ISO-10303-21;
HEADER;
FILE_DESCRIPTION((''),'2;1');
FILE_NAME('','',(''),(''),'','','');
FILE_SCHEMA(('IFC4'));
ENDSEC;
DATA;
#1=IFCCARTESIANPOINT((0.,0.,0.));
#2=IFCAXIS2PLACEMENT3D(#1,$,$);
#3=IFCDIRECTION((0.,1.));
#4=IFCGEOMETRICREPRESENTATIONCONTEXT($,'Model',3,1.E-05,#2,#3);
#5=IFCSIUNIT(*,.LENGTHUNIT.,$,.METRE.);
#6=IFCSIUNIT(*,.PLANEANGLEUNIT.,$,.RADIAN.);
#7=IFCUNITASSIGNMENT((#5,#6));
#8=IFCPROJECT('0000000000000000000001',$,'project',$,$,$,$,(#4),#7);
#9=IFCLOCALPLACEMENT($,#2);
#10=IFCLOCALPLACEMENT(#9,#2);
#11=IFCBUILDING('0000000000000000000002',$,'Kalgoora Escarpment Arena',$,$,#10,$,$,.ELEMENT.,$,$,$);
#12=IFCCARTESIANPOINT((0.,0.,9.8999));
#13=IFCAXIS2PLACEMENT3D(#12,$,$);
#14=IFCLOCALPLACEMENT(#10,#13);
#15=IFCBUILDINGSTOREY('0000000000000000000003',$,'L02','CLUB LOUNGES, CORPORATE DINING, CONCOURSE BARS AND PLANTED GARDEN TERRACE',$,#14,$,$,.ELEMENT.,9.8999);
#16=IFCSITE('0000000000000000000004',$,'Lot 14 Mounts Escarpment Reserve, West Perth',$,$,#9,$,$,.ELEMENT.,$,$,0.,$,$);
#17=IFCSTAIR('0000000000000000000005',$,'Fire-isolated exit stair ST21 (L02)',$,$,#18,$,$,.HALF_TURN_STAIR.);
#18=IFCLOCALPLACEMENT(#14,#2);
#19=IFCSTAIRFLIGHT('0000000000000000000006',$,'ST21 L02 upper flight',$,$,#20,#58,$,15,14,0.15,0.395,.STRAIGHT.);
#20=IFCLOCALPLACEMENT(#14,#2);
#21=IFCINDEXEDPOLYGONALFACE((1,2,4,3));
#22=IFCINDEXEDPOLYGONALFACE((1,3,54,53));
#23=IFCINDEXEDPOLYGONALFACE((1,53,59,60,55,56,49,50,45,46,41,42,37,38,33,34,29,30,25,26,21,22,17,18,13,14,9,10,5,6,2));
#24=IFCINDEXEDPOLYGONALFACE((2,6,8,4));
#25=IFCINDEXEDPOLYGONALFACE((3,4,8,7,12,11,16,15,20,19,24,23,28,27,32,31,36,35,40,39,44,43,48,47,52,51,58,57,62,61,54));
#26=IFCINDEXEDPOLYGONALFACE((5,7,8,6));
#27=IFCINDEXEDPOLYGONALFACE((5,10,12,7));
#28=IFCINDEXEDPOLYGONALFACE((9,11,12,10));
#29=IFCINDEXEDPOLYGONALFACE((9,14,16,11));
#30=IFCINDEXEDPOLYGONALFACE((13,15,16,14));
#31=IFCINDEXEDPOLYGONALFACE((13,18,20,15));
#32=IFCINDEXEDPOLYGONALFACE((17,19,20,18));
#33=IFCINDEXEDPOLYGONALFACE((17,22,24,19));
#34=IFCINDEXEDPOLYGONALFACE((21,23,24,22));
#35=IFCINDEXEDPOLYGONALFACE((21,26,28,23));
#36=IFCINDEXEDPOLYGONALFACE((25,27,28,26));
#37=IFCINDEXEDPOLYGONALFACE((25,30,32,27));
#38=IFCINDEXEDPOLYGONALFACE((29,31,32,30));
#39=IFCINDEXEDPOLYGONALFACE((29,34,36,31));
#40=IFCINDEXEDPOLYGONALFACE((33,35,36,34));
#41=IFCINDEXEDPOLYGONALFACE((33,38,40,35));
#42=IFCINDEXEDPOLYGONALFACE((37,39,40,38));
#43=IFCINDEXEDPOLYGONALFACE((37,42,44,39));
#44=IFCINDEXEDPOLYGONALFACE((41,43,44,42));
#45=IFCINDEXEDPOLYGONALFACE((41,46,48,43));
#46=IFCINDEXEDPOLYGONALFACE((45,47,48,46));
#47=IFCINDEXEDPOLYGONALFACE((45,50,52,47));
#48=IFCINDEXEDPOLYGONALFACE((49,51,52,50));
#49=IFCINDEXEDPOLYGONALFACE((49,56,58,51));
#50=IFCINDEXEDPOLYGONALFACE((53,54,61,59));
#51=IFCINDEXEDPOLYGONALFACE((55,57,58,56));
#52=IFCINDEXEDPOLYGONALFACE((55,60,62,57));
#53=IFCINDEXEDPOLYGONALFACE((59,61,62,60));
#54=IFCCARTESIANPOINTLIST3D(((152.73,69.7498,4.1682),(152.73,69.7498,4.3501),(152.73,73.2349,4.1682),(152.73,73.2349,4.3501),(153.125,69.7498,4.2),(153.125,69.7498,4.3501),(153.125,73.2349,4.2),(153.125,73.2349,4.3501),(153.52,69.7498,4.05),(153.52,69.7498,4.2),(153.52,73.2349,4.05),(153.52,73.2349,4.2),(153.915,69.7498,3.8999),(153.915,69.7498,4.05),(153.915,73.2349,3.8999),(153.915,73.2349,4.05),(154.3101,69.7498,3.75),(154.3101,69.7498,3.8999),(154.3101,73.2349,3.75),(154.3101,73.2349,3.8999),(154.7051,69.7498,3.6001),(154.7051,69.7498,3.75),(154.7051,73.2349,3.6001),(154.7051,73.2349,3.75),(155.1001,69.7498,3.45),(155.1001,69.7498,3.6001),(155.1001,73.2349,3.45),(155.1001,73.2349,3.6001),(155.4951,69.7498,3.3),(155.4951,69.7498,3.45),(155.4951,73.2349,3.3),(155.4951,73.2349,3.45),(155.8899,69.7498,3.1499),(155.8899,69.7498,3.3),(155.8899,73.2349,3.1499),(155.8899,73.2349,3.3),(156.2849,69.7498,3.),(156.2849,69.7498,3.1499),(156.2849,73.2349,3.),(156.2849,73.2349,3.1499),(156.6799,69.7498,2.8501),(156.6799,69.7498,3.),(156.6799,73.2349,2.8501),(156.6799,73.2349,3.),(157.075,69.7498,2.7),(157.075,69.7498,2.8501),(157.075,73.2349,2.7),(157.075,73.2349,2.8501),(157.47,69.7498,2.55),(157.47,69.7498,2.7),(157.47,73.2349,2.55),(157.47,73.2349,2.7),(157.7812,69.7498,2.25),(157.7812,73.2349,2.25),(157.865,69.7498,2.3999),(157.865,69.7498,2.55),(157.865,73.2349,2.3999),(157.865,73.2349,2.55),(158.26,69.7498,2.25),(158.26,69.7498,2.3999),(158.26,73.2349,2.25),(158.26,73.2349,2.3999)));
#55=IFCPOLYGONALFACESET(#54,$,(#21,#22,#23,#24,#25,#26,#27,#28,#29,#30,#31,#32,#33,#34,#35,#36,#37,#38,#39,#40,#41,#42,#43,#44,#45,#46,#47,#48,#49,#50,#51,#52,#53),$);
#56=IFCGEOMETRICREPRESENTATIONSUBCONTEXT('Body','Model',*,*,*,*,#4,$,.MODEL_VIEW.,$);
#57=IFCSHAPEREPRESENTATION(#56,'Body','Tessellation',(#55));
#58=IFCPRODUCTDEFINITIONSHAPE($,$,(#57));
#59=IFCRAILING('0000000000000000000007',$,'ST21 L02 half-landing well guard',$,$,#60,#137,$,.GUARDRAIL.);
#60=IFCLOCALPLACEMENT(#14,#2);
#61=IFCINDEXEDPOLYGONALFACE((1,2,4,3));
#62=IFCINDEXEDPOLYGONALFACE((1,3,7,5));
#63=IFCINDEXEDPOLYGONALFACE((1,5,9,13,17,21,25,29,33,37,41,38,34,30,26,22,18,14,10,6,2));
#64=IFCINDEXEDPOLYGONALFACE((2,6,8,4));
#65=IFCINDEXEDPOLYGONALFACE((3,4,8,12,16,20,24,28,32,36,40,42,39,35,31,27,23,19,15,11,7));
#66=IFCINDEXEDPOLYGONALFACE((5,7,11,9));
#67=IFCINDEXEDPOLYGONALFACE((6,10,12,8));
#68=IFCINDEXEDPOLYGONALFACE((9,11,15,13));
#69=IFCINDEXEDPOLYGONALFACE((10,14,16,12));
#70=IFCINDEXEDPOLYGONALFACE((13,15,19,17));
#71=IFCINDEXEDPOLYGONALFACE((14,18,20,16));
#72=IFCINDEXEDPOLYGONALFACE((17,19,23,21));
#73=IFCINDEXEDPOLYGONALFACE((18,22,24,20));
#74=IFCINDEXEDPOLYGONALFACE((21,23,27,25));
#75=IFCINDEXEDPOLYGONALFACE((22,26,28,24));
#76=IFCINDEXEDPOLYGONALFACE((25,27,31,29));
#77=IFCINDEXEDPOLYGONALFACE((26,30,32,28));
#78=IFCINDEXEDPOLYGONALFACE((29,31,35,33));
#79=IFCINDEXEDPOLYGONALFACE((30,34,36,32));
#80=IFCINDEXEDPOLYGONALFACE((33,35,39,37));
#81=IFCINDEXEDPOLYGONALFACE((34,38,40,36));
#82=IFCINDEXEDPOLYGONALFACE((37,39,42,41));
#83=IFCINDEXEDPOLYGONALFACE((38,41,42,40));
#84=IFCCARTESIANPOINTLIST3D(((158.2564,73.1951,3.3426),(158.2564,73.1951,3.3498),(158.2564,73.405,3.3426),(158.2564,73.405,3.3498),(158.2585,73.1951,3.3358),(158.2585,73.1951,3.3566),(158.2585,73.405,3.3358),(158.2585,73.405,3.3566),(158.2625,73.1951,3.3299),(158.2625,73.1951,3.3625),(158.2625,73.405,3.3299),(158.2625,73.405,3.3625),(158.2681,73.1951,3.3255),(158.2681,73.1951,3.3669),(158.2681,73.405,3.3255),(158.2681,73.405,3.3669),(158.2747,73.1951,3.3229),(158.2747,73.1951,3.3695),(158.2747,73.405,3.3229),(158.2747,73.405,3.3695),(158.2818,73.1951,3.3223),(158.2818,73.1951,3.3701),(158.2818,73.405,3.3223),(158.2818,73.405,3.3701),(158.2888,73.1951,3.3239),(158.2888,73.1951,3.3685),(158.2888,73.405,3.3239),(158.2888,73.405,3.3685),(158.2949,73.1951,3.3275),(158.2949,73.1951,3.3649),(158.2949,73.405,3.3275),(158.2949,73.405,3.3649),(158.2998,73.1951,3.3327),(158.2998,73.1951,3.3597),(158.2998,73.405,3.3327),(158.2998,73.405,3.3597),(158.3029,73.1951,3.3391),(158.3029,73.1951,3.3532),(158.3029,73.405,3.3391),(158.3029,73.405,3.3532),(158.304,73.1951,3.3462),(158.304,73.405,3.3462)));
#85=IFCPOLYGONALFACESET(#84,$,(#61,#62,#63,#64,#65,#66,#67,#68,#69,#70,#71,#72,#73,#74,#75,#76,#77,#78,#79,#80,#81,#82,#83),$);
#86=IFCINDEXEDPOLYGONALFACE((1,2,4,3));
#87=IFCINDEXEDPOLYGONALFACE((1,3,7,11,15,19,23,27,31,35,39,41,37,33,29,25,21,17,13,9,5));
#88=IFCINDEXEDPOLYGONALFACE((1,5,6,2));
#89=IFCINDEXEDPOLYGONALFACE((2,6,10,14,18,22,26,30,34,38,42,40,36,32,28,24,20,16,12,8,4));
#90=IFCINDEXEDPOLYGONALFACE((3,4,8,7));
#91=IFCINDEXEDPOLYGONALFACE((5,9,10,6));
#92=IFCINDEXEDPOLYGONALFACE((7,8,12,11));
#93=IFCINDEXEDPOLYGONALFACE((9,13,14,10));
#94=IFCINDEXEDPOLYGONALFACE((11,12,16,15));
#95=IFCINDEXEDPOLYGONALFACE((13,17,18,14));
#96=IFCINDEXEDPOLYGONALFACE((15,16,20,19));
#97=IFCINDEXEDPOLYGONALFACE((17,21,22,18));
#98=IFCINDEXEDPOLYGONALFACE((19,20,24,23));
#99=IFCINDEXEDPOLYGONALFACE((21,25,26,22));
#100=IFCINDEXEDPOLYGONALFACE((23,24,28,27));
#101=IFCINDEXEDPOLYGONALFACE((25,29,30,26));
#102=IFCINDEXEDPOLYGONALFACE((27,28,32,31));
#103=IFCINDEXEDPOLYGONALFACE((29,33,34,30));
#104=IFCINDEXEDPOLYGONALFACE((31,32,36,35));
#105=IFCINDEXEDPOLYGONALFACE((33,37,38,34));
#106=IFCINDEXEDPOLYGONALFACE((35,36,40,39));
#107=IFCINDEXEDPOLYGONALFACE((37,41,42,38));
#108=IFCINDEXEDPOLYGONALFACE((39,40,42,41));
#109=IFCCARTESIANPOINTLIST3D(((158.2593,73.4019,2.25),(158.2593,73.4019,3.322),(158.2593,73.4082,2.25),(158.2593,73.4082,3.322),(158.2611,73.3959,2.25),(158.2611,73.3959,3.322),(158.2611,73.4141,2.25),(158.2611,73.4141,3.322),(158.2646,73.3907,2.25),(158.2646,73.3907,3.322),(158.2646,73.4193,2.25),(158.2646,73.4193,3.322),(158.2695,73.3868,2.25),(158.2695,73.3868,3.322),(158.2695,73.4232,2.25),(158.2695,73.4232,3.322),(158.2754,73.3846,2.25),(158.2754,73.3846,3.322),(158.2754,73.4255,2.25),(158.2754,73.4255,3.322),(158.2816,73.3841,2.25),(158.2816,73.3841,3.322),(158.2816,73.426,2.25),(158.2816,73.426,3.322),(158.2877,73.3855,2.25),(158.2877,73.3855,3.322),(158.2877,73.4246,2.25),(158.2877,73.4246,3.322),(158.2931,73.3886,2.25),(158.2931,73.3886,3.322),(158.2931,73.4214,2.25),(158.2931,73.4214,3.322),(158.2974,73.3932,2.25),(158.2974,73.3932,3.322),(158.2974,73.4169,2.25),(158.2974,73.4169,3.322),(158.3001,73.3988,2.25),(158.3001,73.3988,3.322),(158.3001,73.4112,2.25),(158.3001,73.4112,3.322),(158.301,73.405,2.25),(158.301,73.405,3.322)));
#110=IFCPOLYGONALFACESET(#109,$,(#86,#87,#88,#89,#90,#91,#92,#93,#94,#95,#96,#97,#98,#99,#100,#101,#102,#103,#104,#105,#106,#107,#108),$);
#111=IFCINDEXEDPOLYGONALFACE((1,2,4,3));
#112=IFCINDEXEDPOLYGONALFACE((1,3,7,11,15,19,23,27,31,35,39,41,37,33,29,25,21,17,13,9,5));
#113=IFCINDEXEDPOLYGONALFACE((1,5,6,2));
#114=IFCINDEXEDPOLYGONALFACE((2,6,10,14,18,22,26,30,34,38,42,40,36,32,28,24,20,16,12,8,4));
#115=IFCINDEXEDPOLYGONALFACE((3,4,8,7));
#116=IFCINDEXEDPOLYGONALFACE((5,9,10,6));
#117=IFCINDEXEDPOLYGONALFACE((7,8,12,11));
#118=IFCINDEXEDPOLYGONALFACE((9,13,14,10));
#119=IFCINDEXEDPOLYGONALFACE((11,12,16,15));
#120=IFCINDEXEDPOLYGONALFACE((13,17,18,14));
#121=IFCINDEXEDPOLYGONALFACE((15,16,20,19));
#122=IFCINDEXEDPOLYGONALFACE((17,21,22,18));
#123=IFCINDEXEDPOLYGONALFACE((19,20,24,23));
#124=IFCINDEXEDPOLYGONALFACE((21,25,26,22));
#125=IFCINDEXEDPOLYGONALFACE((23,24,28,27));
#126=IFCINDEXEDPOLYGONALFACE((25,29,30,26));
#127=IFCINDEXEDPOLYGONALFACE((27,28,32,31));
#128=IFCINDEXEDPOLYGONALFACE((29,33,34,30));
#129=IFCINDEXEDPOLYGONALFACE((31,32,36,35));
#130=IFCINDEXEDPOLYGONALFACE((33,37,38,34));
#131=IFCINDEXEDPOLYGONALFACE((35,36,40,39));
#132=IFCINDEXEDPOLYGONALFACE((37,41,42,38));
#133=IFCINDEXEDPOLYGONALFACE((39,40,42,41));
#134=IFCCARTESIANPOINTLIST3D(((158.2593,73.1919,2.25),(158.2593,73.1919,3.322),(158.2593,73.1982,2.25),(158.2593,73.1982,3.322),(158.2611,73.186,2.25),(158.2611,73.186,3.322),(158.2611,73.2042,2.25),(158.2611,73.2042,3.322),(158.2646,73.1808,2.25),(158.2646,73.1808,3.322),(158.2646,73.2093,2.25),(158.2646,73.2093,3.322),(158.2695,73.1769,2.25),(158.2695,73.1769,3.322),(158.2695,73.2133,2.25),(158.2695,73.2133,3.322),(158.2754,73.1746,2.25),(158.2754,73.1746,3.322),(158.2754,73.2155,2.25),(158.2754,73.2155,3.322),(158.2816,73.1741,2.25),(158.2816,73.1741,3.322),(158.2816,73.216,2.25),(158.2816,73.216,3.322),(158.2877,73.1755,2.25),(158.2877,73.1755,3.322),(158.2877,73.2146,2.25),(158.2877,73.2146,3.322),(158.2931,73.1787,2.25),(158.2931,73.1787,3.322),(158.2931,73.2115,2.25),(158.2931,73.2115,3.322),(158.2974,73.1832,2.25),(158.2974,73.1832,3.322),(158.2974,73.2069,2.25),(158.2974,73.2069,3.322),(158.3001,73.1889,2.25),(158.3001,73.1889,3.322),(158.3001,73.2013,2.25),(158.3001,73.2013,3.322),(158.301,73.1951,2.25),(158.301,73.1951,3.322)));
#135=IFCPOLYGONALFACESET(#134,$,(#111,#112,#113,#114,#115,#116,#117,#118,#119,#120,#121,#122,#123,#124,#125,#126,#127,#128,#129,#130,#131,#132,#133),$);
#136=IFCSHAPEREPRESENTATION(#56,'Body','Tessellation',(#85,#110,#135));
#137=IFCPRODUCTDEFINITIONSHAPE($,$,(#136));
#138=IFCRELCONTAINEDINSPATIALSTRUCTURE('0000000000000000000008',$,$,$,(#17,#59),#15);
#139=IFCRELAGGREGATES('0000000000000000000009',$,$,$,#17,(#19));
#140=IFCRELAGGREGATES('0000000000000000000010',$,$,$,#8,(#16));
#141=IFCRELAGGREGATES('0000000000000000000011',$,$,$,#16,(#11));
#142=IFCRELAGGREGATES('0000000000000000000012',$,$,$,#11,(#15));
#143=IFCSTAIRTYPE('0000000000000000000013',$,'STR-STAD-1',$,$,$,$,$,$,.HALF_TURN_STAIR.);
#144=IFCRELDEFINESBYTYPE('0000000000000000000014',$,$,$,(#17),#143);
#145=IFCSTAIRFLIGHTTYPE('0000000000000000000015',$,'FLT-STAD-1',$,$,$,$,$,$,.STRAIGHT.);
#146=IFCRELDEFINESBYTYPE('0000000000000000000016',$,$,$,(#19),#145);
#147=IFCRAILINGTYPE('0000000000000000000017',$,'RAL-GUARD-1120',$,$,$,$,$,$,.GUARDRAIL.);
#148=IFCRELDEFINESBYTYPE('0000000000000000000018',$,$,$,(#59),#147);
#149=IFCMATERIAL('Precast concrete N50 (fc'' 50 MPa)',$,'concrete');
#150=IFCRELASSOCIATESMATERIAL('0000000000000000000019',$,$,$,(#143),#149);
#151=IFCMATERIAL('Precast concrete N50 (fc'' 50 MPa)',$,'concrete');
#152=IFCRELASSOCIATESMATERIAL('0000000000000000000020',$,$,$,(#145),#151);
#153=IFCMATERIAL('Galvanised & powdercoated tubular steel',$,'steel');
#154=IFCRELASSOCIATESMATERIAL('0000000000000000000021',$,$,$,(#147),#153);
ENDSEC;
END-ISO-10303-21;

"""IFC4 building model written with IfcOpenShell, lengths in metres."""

from ifc_helpers import new_model, si_unit, direction, frame, origin, origin_2d, place, context, subcontext, project, spatial, polyline, circle, outline, extrude, material, type_object, element, aggregate, save


model = new_model("IFC4")

# Units and contexts
model_context = context("Model", 3, precision=1e-05, world=origin(), true_north=direction((0.0, 1.0)))
body_context = subcontext(model_context, "Body", "Model", "MODEL_VIEW")
ifc_project = project(units=[si_unit("LENGTHUNIT", "METRE"), si_unit("PLANEANGLEUNIT", "RADIAN")], contexts=[model_context])

# Site, building, storey
site_placement = place(None, origin())
site = spatial("IfcSite", under=ifc_project, at=site_placement, Name="Lot 14 Mounts Escarpment Reserve, West Perth", CompositionType="ELEMENT", RefElevation=0.0)
building_placement = place(site_placement, origin())
building = spatial("IfcBuilding", under=site, at=building_placement, Name="Kalgoora Escarpment Arena", CompositionType="ELEMENT")
storey_placement = place(building_placement, frame((0.0, 0.0, 9.8999)))
storey = spatial("IfcBuildingStorey", under=building, at=storey_placement, Name="L02", Description="CLUB LOUNGES, CORPORATE DINING, CONCOURSE BARS AND PLANTED GARDEN TERRACE", CompositionType="ELEMENT", Elevation=9.8999)

# Stair, stair flight
ifc_material_1 = material(Name="Precast concrete N50 (fc' 50 MPa)", Category="concrete")
stair_type = type_object("IfcStairType", Name="STR-STAD-1", PredefinedType="HALF_TURN_STAIR", material=ifc_material_1)
stair_placement = place(storey_placement, origin())
stair = element("IfcStair", 1, at=stair_placement, inside=storey, type_object=stair_type, Name="Fire-isolated exit stair ST21 (L02)", PredefinedType="HALF_TURN_STAIR")
ifc_material_2 = material(Name="Precast concrete N50 (fc' 50 MPa)", Category="concrete")
stair_flight_type = type_object("IfcStairFlightType", Name="FLT-STAD-1", PredefinedType="STRAIGHT", material=ifc_material_2)
stair_flight_placement = place(storey_placement, frame((158.26, 71.4924, 2.25), z_axis=(0.0, 0.0, 1.0), x_axis=(-1.0, 0.0, 0.0)))
stair_flight = element("IfcStairFlight", 2, at=stair_flight_placement, type_object=stair_flight_type, Name="ST21 L02 upper flight", NumberOfRisers=15, NumberOfTreads=14, PredefinedType="STRAIGHT", RiserHeight=0.15, TreadLength=0.395, context=body_context, shape_type="SweptSolid", body=[
    extrude(outline(polyline([(0.0, 0.0), (0.0, 0.1499), (0.395, 0.1499), (0.395, 0.3), (0.79, 0.3), (0.79, 0.45), (1.1851, 0.45), (1.1851, 0.6001), (1.5801, 0.6001), (1.5801, 0.75), (1.9751, 0.75), (1.9751, 0.8999), (2.3701, 0.8999), (2.3701, 1.05), (2.7649, 1.05), (2.7649, 1.2), (3.1599, 1.2), (3.1599, 1.3501), (3.5549, 1.3501), (3.5549, 1.5), (3.95, 1.5), (3.95, 1.6499), (4.345, 1.6499), (4.345, 1.8), (4.74, 1.8), (4.74, 1.95), (5.135, 1.95), (5.135, 2.1001), (5.53, 2.1001), (5.53, 2.25), (5.53, 1.9182), (0.4788, 0.0), (0.0, 0.0)])), frame((0.0, 1.7427, 0.0), z_axis=(0.0, -1.0, 0.0), x_axis=(1.0, 0.0, 0.0)), (0.0, 0.0, 1.0), 3.4851),
])
aggregate(stair, [stair_flight])

# Railing
ifc_material_3 = material(Name="Galvanised & powdercoated tubular steel", Category="steel")
railing_type = type_object("IfcRailingType", Name="RAL-GUARD-1120", PredefinedType="GUARDRAIL", material=ifc_material_3)
railing_placement = place(storey_placement, frame((158.28, 73.405, 2.25)))
element("IfcRailing", 3, at=railing_placement, inside=storey, type_object=railing_type, Name="ST21 L02 half-landing well guard", PredefinedType="GUARDRAIL", context=body_context, shape_type="SweptSolid", body=[
    extrude(circle(Radius=0.0239, at=origin_2d()), frame((0.0, 0.0, 1.0962), z_axis=(0.0, -1.0, 0.0), x_axis=(1.0, 0.0, 0.0)), (0.0, 0.0, 1.0), 0.21),
    extrude(circle(Radius=0.021, at=origin_2d()), origin(), (0.0, 0.0, 1.0), 1.072),
    extrude(circle(Radius=0.021, at=origin_2d()), frame((0.0, -0.21, 0.0)), (0.0, 0.0, 1.0), 1.072),
])

save(model, "model.ifc")
